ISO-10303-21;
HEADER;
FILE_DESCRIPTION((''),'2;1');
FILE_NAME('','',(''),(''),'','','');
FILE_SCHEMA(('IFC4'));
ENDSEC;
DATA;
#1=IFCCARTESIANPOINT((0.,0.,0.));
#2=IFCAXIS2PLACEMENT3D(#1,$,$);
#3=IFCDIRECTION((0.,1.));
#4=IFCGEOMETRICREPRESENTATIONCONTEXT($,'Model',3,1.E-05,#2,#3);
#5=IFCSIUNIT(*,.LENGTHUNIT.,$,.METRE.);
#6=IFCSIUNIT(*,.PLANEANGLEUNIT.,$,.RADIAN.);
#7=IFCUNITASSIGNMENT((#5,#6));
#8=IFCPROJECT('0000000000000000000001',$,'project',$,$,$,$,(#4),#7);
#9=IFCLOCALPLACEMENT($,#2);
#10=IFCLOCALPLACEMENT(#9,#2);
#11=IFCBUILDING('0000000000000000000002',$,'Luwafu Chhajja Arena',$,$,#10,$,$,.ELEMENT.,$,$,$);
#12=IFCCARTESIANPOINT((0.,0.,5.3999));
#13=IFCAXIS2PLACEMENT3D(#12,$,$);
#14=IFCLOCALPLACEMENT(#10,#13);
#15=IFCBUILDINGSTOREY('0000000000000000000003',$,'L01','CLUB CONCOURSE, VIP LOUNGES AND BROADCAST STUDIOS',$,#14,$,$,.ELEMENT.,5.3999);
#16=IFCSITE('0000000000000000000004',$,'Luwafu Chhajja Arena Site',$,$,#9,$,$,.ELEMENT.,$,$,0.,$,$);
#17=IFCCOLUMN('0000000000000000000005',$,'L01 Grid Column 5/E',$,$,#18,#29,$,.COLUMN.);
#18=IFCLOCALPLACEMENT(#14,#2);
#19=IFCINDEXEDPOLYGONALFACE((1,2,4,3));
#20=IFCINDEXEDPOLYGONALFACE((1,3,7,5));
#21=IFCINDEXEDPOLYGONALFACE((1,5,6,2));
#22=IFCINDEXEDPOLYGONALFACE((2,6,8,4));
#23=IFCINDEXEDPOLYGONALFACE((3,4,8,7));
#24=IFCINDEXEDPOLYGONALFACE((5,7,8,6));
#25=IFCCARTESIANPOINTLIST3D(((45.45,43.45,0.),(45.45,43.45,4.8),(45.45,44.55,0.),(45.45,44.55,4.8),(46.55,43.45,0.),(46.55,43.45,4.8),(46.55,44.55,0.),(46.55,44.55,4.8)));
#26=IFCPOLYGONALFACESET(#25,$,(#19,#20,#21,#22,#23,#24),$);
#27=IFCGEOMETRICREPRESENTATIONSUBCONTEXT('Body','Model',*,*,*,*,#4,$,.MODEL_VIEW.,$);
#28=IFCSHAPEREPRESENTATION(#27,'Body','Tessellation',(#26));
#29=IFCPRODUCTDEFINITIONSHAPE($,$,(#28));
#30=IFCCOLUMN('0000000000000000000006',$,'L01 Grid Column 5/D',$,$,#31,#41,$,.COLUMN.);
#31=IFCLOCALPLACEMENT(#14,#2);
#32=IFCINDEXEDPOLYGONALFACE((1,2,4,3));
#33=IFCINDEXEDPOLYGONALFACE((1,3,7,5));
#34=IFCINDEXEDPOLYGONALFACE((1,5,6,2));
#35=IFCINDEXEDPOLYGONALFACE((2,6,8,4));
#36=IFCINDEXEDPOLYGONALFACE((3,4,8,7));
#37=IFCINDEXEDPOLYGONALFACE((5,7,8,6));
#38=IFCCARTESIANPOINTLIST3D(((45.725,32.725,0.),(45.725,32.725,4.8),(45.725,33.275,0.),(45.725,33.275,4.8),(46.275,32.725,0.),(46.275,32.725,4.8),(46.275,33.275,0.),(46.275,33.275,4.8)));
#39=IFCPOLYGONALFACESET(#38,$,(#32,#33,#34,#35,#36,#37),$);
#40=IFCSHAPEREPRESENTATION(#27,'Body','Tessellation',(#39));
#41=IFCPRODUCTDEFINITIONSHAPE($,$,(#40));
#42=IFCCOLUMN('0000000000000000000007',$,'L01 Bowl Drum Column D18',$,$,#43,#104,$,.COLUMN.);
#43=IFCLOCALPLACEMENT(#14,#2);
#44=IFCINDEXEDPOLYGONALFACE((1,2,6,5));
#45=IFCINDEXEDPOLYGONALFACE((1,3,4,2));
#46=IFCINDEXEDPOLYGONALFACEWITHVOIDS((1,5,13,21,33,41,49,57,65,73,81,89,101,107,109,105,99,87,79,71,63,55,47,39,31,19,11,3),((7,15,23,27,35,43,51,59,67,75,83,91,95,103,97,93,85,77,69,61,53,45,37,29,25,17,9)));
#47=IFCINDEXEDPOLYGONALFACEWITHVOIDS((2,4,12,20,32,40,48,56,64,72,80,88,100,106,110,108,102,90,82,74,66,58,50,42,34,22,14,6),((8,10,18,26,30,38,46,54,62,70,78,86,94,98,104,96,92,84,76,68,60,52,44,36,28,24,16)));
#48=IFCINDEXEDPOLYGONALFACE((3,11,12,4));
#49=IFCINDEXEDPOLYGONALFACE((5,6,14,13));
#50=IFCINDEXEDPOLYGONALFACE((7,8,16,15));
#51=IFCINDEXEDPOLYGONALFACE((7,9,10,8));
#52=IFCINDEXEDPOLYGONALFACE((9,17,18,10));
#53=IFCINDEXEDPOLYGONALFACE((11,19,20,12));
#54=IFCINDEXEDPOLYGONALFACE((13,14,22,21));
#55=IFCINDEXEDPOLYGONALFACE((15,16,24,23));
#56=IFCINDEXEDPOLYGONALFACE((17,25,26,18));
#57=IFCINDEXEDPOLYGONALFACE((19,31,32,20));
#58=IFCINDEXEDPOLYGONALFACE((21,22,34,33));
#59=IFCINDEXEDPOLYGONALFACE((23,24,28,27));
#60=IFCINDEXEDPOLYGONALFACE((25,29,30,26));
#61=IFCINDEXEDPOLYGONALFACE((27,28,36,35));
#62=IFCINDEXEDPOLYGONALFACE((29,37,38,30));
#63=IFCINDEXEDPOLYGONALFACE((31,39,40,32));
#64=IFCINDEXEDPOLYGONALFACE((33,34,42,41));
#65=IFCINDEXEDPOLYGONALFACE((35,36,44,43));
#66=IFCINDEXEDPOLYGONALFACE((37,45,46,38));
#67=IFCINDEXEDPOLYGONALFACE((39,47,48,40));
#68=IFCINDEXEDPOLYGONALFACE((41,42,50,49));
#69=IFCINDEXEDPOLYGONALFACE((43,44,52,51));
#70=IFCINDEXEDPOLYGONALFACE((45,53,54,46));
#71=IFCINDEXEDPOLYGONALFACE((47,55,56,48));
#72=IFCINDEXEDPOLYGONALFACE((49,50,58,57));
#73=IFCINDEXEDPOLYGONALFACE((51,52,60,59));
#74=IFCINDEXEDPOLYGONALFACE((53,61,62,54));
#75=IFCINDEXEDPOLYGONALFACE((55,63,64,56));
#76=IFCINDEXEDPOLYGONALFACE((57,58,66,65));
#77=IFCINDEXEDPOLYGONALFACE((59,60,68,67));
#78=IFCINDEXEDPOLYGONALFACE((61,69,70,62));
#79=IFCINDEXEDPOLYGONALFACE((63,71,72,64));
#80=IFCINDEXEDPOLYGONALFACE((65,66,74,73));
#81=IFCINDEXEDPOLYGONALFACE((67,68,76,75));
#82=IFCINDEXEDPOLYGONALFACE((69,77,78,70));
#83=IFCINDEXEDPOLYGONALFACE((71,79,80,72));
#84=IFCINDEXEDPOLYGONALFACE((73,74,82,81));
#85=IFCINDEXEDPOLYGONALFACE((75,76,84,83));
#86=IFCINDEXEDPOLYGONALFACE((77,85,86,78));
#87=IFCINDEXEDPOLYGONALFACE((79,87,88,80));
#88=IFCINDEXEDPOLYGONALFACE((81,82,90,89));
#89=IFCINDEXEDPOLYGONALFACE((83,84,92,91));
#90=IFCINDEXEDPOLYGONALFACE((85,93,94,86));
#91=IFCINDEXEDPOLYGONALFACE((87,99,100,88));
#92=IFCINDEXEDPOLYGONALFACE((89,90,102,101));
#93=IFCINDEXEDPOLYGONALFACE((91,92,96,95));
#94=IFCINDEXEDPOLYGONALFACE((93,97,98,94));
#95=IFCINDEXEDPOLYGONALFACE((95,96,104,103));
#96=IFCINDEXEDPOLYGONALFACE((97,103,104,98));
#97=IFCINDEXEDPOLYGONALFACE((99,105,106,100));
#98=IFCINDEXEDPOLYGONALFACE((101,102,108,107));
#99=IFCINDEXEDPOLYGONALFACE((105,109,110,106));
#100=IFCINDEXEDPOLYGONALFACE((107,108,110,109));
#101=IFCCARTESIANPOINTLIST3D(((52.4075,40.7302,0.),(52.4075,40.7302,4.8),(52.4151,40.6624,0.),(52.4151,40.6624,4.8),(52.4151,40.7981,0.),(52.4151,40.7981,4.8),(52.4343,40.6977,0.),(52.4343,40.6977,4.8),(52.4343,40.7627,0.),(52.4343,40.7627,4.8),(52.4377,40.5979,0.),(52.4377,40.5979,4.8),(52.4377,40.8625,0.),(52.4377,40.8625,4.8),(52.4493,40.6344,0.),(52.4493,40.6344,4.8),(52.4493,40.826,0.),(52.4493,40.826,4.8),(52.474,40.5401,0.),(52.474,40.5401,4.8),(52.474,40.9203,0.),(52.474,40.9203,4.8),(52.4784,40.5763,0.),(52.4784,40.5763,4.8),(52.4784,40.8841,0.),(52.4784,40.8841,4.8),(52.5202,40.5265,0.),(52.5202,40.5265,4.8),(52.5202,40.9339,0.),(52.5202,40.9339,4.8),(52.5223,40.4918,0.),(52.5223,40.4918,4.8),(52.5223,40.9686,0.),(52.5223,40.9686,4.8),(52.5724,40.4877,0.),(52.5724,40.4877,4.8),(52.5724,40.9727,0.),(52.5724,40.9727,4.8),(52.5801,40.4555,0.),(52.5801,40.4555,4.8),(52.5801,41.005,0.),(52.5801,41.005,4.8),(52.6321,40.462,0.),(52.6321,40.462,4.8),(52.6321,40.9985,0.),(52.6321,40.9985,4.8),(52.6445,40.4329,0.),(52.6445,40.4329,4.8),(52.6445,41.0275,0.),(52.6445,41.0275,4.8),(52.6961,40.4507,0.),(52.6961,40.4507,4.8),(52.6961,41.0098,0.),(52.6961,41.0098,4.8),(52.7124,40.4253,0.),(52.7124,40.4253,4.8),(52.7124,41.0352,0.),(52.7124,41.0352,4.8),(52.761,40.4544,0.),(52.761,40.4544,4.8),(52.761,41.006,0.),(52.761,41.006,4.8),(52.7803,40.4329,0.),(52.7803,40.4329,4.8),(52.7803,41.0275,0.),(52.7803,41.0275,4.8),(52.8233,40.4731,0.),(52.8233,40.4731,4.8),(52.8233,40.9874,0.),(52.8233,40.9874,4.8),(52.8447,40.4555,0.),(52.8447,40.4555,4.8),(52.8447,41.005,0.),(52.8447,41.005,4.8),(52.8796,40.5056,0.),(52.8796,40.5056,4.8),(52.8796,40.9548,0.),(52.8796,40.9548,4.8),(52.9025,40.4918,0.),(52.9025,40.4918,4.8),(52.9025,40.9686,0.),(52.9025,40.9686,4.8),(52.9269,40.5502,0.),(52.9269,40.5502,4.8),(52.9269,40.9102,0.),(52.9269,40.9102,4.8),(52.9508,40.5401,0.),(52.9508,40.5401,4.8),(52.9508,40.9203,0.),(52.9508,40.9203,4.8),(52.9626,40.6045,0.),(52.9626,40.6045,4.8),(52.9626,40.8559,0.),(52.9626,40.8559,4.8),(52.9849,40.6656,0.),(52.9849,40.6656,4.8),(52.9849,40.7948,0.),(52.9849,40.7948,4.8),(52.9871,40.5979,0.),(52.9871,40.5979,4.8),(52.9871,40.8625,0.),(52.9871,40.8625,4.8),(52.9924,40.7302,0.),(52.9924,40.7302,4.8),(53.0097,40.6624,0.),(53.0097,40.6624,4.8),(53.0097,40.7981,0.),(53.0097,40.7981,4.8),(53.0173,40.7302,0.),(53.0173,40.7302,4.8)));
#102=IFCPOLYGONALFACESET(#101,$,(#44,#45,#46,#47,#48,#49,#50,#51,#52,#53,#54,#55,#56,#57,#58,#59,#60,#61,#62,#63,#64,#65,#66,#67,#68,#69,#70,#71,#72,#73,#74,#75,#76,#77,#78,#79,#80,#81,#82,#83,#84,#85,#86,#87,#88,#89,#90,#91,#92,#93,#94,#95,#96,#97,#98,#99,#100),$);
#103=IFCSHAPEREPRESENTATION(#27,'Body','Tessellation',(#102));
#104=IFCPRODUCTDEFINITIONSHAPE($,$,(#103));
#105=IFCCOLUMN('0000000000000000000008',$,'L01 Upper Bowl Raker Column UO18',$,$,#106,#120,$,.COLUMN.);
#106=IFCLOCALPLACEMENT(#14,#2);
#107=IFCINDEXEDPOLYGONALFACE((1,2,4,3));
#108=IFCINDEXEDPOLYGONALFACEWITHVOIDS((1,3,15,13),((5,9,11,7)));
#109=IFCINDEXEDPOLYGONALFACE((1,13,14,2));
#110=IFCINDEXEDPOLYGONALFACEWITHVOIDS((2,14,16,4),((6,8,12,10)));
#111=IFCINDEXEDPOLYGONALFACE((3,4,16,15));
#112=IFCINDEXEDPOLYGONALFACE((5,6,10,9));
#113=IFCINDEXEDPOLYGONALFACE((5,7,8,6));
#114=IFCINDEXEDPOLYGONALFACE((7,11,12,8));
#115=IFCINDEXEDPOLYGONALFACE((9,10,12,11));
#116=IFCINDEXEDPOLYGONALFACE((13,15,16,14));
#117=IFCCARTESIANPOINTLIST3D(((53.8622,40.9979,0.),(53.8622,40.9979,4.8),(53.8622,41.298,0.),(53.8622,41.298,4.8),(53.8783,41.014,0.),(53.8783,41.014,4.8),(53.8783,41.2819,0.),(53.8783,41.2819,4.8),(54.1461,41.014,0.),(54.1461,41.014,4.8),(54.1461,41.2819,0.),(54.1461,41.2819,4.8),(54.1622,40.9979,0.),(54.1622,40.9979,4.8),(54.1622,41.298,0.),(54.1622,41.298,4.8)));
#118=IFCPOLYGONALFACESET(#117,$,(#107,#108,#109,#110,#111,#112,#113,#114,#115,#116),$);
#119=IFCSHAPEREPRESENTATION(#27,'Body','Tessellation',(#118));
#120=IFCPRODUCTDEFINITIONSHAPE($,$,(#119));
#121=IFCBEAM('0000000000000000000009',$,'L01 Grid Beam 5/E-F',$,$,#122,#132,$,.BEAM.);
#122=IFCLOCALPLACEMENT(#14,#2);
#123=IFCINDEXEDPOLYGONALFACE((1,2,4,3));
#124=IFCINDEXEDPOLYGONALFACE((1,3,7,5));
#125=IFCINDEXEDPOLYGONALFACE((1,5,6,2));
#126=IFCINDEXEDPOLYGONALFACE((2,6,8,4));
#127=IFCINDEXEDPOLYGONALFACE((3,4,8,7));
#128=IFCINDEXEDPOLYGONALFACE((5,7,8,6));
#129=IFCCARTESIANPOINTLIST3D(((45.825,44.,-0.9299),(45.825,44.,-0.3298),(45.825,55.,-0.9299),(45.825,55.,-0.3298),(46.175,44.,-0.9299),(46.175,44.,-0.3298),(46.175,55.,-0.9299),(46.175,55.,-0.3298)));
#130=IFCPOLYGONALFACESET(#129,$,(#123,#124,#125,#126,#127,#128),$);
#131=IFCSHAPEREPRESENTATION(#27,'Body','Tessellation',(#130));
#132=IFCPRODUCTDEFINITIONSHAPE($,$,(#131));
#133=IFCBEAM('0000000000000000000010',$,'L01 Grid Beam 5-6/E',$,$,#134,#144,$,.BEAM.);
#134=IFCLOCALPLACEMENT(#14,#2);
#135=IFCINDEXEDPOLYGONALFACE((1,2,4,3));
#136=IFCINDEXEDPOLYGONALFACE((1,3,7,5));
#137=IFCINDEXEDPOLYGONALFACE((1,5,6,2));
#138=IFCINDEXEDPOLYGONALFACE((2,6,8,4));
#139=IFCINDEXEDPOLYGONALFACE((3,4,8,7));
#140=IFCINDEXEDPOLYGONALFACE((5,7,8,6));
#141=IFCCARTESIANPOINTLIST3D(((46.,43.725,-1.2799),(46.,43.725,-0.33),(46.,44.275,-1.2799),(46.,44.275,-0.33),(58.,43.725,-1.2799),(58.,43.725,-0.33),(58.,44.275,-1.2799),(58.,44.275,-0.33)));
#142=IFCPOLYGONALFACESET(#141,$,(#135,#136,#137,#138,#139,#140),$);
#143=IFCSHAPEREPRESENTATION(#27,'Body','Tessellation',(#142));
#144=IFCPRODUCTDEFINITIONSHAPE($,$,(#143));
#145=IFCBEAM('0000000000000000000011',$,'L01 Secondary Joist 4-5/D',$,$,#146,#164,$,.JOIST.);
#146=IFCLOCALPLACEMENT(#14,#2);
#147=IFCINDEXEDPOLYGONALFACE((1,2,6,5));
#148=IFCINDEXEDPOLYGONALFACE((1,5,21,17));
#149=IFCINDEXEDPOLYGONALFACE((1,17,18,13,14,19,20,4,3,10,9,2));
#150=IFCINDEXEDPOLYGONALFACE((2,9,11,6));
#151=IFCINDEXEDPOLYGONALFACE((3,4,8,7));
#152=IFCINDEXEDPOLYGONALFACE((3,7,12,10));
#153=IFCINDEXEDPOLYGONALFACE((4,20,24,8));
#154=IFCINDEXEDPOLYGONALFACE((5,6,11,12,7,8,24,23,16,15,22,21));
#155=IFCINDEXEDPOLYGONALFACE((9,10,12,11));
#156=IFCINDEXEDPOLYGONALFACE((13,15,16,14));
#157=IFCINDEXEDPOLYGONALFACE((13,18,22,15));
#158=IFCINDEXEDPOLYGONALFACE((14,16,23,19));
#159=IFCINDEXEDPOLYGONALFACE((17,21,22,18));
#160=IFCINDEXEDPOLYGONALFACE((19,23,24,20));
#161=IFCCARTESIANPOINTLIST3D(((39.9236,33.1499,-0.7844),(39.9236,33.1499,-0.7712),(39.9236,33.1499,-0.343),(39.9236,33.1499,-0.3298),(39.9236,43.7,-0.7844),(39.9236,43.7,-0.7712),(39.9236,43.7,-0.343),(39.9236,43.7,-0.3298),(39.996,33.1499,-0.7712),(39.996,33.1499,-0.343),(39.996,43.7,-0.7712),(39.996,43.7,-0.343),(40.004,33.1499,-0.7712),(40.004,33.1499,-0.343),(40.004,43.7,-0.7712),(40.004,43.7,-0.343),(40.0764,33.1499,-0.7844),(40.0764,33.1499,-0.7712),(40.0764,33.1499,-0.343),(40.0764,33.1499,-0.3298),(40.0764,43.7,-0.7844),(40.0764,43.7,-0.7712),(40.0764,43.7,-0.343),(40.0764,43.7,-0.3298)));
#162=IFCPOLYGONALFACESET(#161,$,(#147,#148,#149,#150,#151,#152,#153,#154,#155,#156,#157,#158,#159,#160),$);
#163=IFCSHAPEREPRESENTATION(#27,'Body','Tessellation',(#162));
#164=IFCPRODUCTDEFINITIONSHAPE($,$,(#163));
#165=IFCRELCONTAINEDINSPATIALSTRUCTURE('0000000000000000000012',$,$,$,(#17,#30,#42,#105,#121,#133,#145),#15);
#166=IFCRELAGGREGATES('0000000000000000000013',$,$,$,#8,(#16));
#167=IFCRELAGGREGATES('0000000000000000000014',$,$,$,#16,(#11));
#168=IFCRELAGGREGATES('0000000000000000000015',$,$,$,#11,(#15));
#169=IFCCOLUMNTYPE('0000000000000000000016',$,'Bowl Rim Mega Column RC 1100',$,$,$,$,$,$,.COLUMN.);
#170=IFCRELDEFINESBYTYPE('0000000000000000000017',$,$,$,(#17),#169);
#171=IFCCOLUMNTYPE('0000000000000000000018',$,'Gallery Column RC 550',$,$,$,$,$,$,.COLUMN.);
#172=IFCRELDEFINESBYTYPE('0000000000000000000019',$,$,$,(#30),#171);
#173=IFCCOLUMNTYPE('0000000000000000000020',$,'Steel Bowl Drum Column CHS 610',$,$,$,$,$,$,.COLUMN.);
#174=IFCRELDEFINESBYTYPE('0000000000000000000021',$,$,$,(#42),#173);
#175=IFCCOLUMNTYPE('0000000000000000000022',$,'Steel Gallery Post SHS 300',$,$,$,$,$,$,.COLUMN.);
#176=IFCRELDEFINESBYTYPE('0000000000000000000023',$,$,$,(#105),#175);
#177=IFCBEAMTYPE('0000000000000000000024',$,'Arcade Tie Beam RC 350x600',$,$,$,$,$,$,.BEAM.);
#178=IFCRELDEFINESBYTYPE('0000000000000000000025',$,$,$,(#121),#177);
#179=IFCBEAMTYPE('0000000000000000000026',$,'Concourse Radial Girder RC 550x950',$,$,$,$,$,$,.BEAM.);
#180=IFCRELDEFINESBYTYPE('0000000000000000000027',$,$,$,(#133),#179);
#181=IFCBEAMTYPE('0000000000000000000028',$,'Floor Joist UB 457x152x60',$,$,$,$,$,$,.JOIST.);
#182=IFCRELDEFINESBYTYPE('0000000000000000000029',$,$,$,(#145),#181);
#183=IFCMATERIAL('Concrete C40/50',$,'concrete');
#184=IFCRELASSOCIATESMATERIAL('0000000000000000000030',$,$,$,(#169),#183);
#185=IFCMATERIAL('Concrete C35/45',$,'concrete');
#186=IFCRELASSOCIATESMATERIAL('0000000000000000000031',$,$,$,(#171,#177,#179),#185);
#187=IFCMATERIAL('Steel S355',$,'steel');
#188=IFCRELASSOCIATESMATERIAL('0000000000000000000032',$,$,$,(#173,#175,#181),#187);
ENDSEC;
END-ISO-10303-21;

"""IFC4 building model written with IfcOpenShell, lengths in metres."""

from ifc_helpers import new_model, si_unit, direction, frame, origin, origin_2d, place, context, subcontext, project, spatial, rectangle, hollow_rectangle, hollow_circle, i_section, extrude, material, material_profile, profile_set, type_object, element, save


model = new_model("IFC4")

# Units and contexts
model_context = context("Model", 3, precision=1e-05, world=origin(), true_north=direction((0.0, 1.0)))
body_context = subcontext(model_context, "Body", "Model", "MODEL_VIEW")
ifc_project = project(units=[si_unit("LENGTHUNIT", "METRE"), si_unit("PLANEANGLEUNIT", "RADIAN")], contexts=[model_context])

# Site, building, storey
site_placement = place(None, origin())
site = spatial("IfcSite", under=ifc_project, at=site_placement, Name="Luwafu Chhajja Arena Site", CompositionType="ELEMENT", RefElevation=0.0)
building_placement = place(site_placement, origin())
building = spatial("IfcBuilding", under=site, at=building_placement, Name="Luwafu Chhajja Arena", CompositionType="ELEMENT")
storey_placement = place(building_placement, frame((0.0, 0.0, 5.3999)))
storey = spatial("IfcBuildingStorey", under=building, at=storey_placement, Name="L01", Description="CLUB CONCOURSE, VIP LOUNGES AND BROADCAST STUDIOS", CompositionType="ELEMENT", Elevation=5.3999)

# Columns
ifc_material_1 = material(Name="Concrete C40/50", Category="concrete")
ifc_material_profile_1 = material_profile(ifc_material_1, rectangle(XDim=1.1001, YDim=1.1001, at=origin_2d()), Name="RC 1100x1100")
ifc_profile_set_1 = profile_set([ifc_material_profile_1], Name="Concrete C40/50")
column_type_1 = type_object("IfcColumnType", Name="Bowl Rim Mega Column RC 1100", PredefinedType="COLUMN", material=ifc_profile_set_1)
column_1_placement = place(storey_placement, frame((46.0, 44.0, 0.0), z_axis=(0.0, 0.0, 1.0), x_axis=(1.0, 0.0, 0.0)))
element("IfcColumn", 1, at=column_1_placement, inside=storey, type_object=column_type_1, Name="L01 Grid Column 5/E", PredefinedType="COLUMN", context=body_context, shape_type="SweptSolid", body=[
    extrude(rectangle(XDim=1.1001, YDim=1.1001, at=origin_2d()), origin(), (0.0, 0.0, 1.0), 4.8),
])
ifc_material_2 = material(Name="Concrete C35/45", Category="concrete")
ifc_material_profile_2 = material_profile(ifc_material_2, rectangle(XDim=0.55, YDim=0.55, at=origin_2d()), Name="RC 550x550")
ifc_profile_set_2 = profile_set([ifc_material_profile_2], Name="Concrete C35/45")
column_type_2 = type_object("IfcColumnType", Name="Gallery Column RC 550", PredefinedType="COLUMN", material=ifc_profile_set_2)
column_2_placement = place(storey_placement, frame((46.0, 33.0, 0.0), z_axis=(0.0, 0.0, 1.0), x_axis=(1.0, 0.0, 0.0)))
element("IfcColumn", 2, at=column_2_placement, inside=storey, type_object=column_type_2, Name="L01 Grid Column 5/D", PredefinedType="COLUMN", context=body_context, shape_type="SweptSolid", body=[
    extrude(rectangle(XDim=0.55, YDim=0.55, at=origin_2d()), origin(), (0.0, 0.0, 1.0), 4.8),
])
ifc_material_3 = material(Name="Steel S355", Category="steel")
ifc_material_profile_3 = material_profile(ifc_material_3, hollow_circle(Radius=0.3049, WallThickness=0.0249, at=origin_2d()), Name="CHS 610x25")
ifc_profile_set_3 = profile_set([ifc_material_profile_3], Name="Steel S355")
column_type_3 = type_object("IfcColumnType", Name="Steel Bowl Drum Column CHS 610", PredefinedType="COLUMN", material=ifc_profile_set_3)
column_3_placement = place(storey_placement, frame((52.7124, 40.7302, 0.0), z_axis=(0.0, 0.0, 1.0), x_axis=(1.0, 0.0, 0.0)))
element("IfcColumn", 3, at=column_3_placement, inside=storey, type_object=column_type_3, Name="L01 Bowl Drum Column D18", PredefinedType="COLUMN", context=body_context, shape_type="SweptSolid", body=[
    extrude(hollow_circle(Radius=0.3049, WallThickness=0.0249, at=origin_2d()), origin(), (0.0, 0.0, 1.0), 4.8),
])
ifc_material_profile_4 = material_profile(ifc_material_3, hollow_rectangle(XDim=0.3, YDim=0.3, WallThickness=0.0161, at=origin_2d()), Name="SHS 300x300x16")
ifc_profile_set_4 = profile_set([ifc_material_profile_4], Name="Steel S355")
column_type_4 = type_object("IfcColumnType", Name="Steel Gallery Post SHS 300", PredefinedType="COLUMN", material=ifc_profile_set_4)
column_4_placement = place(storey_placement, frame((54.0122, 41.1479, 0.0), z_axis=(0.0, 0.0, 1.0), x_axis=(1.0, 0.0, 0.0)))
element("IfcColumn", 4, at=column_4_placement, inside=storey, type_object=column_type_4, Name="L01 Upper Bowl Raker Column UO18", PredefinedType="COLUMN", context=body_context, shape_type="SweptSolid", body=[
    extrude(hollow_rectangle(XDim=0.3, YDim=0.3, WallThickness=0.0161, at=origin_2d()), origin(), (0.0, 0.0, 1.0), 4.8),
])

# Beams
ifc_material_profile_5 = material_profile(ifc_material_2, rectangle(XDim=0.3501, YDim=0.6001, at=origin_2d()), Name="RC 350x600")
ifc_profile_set_5 = profile_set([ifc_material_profile_5], Name="Concrete C35/45")
beam_type_1 = type_object("IfcBeamType", Name="Arcade Tie Beam RC 350x600", PredefinedType="BEAM", material=ifc_profile_set_5)
beam_1_placement = place(storey_placement, frame((46.0, 44.0, -0.6299), z_axis=(0.0, 1.0, 0.0), x_axis=(-1.0, 0.0, 0.0)))
element("IfcBeam", 5, at=beam_1_placement, inside=storey, type_object=beam_type_1, Name="L01 Grid Beam 5/E-F", PredefinedType="BEAM", context=body_context, shape_type="SweptSolid", body=[
    extrude(rectangle(XDim=0.3501, YDim=0.6001, at=origin_2d()), origin(), (0.0, 0.0, 1.0), 11.0),
])
ifc_material_profile_6 = material_profile(ifc_material_2, rectangle(XDim=0.55, YDim=0.95, at=origin_2d()), Name="RC 550x950")
ifc_profile_set_6 = profile_set([ifc_material_profile_6], Name="Concrete C35/45")
beam_type_2 = type_object("IfcBeamType", Name="Concourse Radial Girder RC 550x950", PredefinedType="BEAM", material=ifc_profile_set_6)
beam_2_placement = place(storey_placement, frame((46.0, 44.0, -0.8049), z_axis=(1.0, 0.0, 0.0), x_axis=(0.0, 1.0, 0.0)))
element("IfcBeam", 6, at=beam_2_placement, inside=storey, type_object=beam_type_2, Name="L01 Grid Beam 5-6/E", PredefinedType="BEAM", context=body_context, shape_type="SweptSolid", body=[
    extrude(rectangle(XDim=0.55, YDim=0.95, at=origin_2d()), origin(), (0.0, 0.0, 1.0), 12.0),
])
ifc_material_profile_7 = material_profile(ifc_material_3, i_section(OverallWidth=0.1528, OverallDepth=0.4546, WebThickness=0.0081, FlangeThickness=0.0132, at=origin_2d()), Name="UB 457x152x60")
ifc_profile_set_7 = profile_set([ifc_material_profile_7], Name="Steel S355")
beam_type_3 = type_object("IfcBeamType", Name="Floor Joist UB 457x152x60", PredefinedType="JOIST", material=ifc_profile_set_7)
beam_3_placement = place(storey_placement, frame((40.0, 33.1499, -0.5571), z_axis=(0.0, 1.0, 0.0), x_axis=(-1.0, 0.0, 0.0)))
element("IfcBeam", 7, at=beam_3_placement, inside=storey, type_object=beam_type_3, Name="L01 Secondary Joist 4-5/D", PredefinedType="JOIST", context=body_context, shape_type="SweptSolid", body=[
    extrude(i_section(OverallWidth=0.1528, OverallDepth=0.4546, WebThickness=0.0081, FlangeThickness=0.0132, at=origin_2d()), origin(), (0.0, 0.0, 1.0), 10.55),
])

save(model, "model.ifc")
